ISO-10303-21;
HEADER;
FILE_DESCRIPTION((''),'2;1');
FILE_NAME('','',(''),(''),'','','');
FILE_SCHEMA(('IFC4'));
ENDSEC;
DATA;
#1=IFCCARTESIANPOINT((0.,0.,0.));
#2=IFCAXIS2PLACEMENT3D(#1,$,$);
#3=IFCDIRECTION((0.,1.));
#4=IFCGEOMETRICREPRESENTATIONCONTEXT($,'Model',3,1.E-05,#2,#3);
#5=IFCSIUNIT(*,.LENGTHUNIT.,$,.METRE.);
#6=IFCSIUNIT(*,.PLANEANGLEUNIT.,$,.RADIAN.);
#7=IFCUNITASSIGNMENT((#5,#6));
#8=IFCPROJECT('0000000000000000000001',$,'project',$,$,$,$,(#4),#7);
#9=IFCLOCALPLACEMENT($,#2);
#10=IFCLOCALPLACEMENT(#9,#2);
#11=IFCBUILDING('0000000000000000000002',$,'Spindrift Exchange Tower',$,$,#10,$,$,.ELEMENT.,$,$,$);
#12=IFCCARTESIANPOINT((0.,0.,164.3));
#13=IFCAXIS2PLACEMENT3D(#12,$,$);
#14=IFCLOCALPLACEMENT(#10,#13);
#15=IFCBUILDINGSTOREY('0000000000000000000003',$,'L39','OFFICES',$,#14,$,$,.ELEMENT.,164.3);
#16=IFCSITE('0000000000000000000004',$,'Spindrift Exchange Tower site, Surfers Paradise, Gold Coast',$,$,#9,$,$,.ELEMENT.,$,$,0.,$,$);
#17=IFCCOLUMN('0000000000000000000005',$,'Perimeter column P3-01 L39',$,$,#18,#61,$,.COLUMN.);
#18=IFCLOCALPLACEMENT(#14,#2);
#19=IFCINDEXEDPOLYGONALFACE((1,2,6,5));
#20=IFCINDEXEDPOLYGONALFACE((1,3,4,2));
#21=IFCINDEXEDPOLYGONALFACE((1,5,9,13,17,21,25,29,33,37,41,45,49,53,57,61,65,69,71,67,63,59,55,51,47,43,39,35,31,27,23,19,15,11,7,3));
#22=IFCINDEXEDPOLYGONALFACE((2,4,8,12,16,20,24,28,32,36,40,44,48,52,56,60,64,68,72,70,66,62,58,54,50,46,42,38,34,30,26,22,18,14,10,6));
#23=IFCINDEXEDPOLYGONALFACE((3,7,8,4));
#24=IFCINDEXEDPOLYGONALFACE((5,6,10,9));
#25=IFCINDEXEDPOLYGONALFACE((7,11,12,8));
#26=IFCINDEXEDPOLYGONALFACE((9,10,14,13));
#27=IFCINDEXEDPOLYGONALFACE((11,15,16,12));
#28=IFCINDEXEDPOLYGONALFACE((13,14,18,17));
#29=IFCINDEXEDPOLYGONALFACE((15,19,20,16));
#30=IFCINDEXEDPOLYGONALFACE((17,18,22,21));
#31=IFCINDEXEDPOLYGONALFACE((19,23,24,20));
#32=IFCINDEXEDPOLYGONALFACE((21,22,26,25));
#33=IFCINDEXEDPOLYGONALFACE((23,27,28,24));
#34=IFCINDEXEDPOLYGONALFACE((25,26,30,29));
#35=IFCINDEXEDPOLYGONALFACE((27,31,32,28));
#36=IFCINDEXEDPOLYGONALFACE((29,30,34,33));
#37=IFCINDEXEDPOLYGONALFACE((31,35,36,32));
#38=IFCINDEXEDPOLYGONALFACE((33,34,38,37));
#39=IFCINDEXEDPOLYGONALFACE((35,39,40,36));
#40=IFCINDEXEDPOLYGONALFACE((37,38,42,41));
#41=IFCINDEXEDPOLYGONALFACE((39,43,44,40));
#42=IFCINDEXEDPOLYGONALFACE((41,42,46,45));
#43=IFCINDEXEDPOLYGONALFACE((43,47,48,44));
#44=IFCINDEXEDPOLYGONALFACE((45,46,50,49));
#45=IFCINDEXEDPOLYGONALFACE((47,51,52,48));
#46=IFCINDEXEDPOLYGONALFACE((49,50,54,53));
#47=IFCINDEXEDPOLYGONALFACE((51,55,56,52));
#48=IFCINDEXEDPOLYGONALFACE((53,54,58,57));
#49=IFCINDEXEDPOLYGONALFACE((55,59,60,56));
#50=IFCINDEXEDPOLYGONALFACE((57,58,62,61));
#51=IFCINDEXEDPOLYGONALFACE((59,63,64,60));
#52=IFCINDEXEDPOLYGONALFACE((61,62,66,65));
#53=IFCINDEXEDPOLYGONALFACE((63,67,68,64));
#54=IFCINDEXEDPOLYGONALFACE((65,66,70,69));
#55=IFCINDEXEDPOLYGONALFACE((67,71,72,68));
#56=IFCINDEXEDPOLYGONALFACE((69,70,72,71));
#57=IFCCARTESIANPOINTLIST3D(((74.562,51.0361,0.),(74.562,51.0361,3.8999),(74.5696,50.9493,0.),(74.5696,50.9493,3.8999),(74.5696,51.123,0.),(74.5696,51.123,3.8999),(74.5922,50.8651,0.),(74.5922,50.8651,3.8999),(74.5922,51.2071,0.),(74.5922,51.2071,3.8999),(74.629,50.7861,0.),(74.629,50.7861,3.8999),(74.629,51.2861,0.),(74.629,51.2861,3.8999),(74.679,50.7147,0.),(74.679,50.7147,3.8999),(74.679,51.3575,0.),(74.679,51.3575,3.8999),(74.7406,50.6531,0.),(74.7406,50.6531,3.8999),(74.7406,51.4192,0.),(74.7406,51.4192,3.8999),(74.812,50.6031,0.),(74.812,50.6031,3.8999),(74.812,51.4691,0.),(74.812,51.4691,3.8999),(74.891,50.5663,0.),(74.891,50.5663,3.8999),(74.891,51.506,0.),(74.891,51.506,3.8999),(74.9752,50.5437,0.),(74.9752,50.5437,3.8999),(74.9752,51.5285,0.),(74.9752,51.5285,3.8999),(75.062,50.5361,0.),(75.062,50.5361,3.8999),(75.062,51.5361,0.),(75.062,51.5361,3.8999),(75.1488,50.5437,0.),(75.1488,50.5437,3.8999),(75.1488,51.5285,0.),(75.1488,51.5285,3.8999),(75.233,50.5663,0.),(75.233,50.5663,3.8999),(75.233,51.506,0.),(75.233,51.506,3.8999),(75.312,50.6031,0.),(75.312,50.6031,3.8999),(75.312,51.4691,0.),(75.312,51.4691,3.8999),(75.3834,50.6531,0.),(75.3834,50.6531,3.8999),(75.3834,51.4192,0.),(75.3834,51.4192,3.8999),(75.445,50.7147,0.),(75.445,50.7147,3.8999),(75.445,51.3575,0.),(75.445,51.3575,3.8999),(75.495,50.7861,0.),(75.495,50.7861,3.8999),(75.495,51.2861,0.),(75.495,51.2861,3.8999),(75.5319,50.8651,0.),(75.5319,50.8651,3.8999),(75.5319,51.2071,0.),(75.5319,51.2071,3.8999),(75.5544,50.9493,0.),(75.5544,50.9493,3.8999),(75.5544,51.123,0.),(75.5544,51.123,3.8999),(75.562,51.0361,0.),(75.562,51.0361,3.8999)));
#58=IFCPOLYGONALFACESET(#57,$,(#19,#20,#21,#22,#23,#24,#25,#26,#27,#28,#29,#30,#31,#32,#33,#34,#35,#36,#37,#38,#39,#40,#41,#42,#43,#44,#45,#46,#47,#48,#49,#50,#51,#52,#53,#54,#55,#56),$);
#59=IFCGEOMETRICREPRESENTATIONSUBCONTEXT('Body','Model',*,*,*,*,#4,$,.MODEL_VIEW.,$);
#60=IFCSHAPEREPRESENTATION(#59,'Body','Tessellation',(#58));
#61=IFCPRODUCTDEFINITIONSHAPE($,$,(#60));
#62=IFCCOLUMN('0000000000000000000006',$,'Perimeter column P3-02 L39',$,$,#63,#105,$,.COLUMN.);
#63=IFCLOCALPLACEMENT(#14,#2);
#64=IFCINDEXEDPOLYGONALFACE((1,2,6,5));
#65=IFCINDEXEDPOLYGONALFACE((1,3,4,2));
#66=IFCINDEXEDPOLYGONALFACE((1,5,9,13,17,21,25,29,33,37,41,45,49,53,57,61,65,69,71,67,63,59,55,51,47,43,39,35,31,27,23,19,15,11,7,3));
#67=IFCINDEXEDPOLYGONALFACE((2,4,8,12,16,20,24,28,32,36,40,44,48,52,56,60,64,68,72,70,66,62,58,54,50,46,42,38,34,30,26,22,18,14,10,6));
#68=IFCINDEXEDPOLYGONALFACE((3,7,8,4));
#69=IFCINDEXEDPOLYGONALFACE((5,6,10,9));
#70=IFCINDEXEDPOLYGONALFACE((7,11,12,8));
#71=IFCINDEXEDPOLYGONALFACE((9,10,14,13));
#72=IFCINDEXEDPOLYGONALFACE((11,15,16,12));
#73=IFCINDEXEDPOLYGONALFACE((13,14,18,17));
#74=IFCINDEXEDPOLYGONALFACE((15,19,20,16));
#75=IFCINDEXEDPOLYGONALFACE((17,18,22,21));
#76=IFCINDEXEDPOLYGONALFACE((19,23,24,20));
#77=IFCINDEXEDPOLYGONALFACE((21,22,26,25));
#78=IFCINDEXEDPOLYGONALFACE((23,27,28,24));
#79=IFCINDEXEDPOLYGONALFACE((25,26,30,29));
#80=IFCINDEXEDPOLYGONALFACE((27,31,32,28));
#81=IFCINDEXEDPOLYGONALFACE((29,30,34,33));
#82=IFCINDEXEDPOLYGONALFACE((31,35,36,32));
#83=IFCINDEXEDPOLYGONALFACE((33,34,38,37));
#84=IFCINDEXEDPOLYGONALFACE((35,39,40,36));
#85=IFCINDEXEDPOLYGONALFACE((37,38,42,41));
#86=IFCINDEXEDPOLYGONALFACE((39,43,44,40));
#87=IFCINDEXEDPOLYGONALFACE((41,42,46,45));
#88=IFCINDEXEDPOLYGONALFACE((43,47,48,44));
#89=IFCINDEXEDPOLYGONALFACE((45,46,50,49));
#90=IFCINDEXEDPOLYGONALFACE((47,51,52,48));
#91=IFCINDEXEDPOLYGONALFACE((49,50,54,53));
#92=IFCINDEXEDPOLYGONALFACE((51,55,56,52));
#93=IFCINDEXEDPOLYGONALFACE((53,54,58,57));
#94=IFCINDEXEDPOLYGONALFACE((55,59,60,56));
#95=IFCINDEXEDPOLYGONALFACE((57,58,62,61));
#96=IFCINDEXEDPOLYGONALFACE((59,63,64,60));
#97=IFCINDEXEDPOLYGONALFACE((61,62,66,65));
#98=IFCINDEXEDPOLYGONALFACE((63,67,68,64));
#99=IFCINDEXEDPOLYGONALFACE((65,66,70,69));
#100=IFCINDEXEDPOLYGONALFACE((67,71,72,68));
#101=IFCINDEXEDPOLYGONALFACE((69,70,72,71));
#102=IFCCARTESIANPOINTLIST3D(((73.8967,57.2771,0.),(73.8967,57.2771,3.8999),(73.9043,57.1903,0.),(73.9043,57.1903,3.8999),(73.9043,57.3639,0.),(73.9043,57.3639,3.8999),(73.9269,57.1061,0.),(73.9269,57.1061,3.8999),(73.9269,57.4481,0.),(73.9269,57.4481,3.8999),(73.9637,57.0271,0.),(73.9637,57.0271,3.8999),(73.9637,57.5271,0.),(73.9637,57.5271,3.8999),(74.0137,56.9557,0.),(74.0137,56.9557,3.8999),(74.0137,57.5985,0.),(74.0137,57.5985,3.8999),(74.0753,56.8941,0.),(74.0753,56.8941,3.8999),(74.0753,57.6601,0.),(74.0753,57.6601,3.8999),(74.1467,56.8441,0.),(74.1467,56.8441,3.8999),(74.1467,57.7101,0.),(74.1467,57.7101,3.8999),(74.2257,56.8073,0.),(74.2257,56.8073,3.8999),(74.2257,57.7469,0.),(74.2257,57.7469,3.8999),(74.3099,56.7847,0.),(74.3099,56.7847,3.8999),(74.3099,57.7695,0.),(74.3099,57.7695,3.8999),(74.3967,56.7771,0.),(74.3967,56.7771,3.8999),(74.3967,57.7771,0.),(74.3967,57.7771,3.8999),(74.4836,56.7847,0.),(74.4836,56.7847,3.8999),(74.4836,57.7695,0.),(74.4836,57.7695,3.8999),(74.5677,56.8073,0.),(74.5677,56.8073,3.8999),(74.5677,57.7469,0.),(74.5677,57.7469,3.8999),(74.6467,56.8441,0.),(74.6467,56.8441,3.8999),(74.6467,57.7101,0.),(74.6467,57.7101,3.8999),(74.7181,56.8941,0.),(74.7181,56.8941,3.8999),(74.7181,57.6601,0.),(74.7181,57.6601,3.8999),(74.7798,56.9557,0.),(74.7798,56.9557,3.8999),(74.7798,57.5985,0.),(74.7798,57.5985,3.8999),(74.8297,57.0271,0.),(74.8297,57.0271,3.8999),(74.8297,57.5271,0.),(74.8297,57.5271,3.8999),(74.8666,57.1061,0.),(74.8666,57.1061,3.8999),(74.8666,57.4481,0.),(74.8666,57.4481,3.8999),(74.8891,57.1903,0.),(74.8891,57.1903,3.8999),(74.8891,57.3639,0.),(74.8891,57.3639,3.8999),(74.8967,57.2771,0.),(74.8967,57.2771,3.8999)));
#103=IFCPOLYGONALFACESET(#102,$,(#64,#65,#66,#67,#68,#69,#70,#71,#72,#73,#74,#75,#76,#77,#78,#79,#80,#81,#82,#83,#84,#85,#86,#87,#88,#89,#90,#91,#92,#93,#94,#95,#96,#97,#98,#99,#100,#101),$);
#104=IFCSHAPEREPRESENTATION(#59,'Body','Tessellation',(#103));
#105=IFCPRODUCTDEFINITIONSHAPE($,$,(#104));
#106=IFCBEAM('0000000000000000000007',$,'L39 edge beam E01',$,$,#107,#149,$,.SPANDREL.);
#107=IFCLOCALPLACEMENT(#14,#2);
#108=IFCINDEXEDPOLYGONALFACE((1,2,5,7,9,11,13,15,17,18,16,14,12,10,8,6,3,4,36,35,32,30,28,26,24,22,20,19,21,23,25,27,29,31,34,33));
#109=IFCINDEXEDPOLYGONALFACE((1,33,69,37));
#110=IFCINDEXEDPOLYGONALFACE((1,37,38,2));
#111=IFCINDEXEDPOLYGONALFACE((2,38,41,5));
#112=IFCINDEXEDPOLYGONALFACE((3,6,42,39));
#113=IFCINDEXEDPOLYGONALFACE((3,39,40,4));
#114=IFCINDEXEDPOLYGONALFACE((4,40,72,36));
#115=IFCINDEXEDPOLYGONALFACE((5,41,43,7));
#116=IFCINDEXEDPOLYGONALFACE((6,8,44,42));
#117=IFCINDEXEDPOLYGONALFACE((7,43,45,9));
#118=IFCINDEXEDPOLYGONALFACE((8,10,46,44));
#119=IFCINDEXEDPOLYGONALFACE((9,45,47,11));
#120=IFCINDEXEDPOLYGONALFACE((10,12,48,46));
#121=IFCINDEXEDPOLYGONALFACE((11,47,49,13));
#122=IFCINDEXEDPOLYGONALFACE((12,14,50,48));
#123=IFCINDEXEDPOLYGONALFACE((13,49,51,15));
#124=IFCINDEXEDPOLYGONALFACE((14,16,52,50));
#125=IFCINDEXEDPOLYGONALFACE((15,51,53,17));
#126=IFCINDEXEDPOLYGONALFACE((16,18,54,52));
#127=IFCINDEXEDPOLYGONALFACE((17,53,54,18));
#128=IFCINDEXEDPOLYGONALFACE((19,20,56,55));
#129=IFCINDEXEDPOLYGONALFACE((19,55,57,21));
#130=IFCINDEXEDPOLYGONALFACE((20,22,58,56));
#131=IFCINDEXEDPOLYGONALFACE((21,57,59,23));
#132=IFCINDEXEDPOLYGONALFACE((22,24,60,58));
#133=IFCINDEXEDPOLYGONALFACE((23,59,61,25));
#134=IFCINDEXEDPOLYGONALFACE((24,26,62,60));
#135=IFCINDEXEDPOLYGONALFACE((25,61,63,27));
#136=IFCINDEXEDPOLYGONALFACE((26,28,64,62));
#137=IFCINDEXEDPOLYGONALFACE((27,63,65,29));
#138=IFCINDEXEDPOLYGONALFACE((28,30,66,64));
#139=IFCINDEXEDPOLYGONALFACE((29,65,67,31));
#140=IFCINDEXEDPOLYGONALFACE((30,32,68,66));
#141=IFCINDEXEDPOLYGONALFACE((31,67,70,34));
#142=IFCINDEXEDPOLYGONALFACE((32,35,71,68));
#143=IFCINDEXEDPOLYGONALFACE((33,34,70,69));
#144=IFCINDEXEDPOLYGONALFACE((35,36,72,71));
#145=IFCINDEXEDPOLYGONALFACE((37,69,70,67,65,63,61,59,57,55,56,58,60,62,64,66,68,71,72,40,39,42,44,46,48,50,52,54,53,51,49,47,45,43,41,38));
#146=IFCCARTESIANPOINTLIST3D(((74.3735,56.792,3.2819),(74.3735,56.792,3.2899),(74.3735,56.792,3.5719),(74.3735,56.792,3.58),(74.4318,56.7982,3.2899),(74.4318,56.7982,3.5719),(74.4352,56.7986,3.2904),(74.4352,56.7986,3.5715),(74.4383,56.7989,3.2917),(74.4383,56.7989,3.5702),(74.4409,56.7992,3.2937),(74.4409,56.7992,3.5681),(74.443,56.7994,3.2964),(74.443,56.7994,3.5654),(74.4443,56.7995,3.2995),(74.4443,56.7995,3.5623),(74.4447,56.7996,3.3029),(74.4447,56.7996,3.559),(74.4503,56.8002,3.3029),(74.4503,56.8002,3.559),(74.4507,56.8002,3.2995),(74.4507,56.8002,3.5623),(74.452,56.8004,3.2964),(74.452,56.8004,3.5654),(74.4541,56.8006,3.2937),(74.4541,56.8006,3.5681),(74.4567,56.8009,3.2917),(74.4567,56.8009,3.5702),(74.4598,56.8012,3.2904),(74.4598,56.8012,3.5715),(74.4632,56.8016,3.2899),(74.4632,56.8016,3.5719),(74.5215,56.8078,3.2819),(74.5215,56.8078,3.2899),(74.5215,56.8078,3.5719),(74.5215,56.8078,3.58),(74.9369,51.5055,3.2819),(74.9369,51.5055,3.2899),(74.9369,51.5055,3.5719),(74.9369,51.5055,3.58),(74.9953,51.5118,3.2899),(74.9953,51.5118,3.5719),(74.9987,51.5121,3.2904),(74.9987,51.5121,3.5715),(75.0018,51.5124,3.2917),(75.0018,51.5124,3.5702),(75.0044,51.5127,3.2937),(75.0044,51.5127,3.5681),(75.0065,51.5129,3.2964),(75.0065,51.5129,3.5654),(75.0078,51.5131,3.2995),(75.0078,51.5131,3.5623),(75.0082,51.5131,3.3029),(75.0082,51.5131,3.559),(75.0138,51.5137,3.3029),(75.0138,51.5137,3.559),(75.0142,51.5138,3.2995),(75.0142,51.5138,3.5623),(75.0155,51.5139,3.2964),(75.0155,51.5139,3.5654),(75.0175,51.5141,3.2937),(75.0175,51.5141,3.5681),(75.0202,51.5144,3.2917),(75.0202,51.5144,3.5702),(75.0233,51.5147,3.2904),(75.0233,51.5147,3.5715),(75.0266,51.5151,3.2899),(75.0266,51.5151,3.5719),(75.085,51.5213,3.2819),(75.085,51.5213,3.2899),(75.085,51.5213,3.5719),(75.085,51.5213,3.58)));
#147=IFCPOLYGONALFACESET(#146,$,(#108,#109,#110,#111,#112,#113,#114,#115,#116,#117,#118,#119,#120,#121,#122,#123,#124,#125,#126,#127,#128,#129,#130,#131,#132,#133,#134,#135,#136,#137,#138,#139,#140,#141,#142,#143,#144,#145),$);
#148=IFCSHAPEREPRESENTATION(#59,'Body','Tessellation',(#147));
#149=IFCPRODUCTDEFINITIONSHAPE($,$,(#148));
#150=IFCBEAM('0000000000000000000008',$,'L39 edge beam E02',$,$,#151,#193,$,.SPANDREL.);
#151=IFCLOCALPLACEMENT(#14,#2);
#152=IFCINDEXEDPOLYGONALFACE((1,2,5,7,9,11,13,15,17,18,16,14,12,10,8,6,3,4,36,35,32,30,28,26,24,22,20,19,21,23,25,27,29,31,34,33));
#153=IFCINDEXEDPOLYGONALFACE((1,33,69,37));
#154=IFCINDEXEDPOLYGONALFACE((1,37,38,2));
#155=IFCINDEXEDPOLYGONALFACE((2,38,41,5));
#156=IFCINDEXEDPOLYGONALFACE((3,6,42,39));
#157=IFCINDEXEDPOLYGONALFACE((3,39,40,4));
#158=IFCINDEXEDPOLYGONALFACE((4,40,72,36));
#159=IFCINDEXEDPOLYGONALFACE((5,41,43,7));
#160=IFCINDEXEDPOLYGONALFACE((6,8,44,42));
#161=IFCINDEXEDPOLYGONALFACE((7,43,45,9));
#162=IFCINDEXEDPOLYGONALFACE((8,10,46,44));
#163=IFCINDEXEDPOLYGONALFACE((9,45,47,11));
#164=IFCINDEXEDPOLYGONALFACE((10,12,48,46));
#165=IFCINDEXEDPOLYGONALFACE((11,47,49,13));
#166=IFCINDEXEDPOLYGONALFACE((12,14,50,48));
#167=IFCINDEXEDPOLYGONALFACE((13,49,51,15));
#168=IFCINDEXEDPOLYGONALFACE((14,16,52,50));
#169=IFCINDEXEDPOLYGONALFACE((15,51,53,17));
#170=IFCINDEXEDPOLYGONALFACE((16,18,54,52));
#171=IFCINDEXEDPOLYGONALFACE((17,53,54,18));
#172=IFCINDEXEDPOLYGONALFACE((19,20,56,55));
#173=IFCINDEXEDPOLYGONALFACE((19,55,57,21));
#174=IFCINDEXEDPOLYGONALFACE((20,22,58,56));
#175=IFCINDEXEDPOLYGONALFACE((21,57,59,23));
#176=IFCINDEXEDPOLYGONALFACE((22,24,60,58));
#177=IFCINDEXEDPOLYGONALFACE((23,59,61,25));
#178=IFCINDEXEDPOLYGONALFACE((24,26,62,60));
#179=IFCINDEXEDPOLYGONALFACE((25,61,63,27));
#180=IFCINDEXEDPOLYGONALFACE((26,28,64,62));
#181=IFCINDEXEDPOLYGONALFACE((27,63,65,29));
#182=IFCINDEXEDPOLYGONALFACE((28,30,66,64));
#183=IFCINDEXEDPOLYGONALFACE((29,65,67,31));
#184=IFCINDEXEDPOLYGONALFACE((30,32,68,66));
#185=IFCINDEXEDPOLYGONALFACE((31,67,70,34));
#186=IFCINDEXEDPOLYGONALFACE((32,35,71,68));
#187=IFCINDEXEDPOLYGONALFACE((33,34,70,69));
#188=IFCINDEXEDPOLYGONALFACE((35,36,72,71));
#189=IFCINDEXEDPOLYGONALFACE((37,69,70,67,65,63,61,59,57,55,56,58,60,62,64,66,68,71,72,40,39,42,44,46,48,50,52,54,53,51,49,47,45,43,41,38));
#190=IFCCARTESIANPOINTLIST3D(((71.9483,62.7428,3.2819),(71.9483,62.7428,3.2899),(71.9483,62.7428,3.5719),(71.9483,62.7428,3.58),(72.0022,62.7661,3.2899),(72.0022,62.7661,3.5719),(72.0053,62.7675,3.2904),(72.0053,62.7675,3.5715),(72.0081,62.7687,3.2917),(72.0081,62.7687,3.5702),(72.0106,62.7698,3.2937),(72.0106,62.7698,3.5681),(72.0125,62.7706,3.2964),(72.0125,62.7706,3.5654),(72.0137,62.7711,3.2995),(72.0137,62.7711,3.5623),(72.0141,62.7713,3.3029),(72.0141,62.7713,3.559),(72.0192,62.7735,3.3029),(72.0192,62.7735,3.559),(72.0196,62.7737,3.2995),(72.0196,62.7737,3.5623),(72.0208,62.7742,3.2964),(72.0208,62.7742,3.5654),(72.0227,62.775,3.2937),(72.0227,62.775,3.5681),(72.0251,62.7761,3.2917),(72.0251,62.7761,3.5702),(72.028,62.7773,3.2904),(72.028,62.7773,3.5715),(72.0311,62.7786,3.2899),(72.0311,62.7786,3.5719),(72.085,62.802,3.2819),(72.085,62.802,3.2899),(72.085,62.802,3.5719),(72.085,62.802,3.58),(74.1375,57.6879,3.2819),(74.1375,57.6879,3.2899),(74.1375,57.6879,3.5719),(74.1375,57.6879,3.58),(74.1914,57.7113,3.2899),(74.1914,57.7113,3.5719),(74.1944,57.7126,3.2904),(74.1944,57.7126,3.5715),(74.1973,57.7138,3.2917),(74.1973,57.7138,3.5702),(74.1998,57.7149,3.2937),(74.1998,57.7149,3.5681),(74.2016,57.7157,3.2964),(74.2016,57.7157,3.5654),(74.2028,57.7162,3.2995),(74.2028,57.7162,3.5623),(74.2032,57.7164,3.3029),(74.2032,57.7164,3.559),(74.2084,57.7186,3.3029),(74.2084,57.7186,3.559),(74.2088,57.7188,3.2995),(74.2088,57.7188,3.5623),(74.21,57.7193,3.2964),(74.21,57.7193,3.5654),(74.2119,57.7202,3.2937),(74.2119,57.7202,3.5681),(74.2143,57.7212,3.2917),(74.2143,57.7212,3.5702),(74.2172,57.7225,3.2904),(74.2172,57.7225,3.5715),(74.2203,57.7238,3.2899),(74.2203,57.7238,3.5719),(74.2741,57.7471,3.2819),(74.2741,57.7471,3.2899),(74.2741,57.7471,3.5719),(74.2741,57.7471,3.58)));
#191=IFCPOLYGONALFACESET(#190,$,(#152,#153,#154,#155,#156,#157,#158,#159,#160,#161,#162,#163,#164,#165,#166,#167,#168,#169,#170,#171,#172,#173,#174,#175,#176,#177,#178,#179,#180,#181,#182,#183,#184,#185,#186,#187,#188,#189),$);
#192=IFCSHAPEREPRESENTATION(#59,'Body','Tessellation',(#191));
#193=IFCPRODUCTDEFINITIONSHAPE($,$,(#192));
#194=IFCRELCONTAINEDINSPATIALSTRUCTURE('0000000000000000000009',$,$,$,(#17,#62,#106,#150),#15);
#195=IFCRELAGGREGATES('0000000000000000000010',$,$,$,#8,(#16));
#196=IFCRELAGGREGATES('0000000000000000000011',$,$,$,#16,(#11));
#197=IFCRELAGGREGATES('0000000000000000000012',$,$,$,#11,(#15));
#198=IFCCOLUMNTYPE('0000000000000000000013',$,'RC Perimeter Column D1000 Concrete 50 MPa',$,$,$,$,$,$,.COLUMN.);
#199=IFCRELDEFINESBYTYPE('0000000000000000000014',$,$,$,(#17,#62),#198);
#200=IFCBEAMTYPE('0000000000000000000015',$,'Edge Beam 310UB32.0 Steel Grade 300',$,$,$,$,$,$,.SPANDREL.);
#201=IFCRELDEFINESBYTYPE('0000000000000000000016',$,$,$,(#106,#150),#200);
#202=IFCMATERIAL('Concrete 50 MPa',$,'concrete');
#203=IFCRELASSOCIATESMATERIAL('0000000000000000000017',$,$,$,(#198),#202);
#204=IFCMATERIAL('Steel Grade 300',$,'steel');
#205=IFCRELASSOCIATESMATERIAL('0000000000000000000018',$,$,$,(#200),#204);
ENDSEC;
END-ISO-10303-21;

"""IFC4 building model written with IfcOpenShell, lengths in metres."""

from ifc_helpers import new_model, si_unit, direction, frame, origin, origin_2d, place, context, subcontext, project, spatial, circle, i_section, extrude, source, transform, mapped, material, material_profile, profile_set, type_object, element, save


model = new_model("IFC4")

# Units and contexts
model_context = context("Model", 3, precision=1e-05, world=origin(), true_north=direction((0.0, 1.0)))
body_context = subcontext(model_context, "Body", "Model", "MODEL_VIEW")
ifc_project = project(units=[si_unit("LENGTHUNIT", "METRE"), si_unit("PLANEANGLEUNIT", "RADIAN")], contexts=[model_context])

# Site, building, storey
site_placement = place(None, origin())
site = spatial("IfcSite", under=ifc_project, at=site_placement, Name="Spindrift Exchange Tower site, Surfers Paradise, Gold Coast", CompositionType="ELEMENT", RefElevation=0.0)
building_placement = place(site_placement, origin())
building = spatial("IfcBuilding", under=site, at=building_placement, Name="Spindrift Exchange Tower", CompositionType="ELEMENT")
storey_placement = place(building_placement, frame((0.0, 0.0, 164.3)))
storey = spatial("IfcBuildingStorey", under=building, at=storey_placement, Name="L39", Description="OFFICES", CompositionType="ELEMENT", Elevation=164.3)

# Columns
ifc_material_1 = material(Name="Concrete 50 MPa", Category="concrete")
ifc_material_profile_1 = material_profile(ifc_material_1, circle(Radius=0.5, at=origin_2d()), Name="RC D1000")
ifc_profile_set_1 = profile_set([ifc_material_profile_1], Name="Concrete 50 MPa")
column_type = type_object("IfcColumnType", Name="RC Perimeter Column D1000 Concrete 50 MPa", PredefinedType="COLUMN", material=ifc_profile_set_1)
shared_shape_1 = source(origin(), body_context, "Body", "SweptSolid", [
    extrude(circle(Radius=0.5, at=origin_2d()), origin(), (0.0, 0.0, 1.0), 3.8999),
])
for number, where, z_axis, x_axis, name in (
    (1, (75.062, 51.0361, 0.0), (0.0, 0.0, 1.0), (1.0, 0.0, 0.0), "Perimeter column P3-01 L39"),
    (2, (74.3967, 57.2771, 0.0), (0.0, 0.0, 1.0), (1.0, 0.0, 0.0), "Perimeter column P3-02 L39"),
):
    element("IfcColumn", number, at=place(storey_placement, frame(where, z_axis=z_axis, x_axis=x_axis)), inside=storey, type_object=column_type, Name=name, PredefinedType="COLUMN", context=body_context, shape_type="MappedRepresentation", body=[
        mapped(shared_shape_1, transform((0.0, 0.0, 0.0), scale=1.0)),
    ])

# Beams
ifc_material_2 = material(Name="Steel Grade 300", Category="steel")
ifc_material_profile_2 = material_profile(ifc_material_2, i_section(OverallWidth=0.1489, OverallDepth=0.2981, WebThickness=0.0056, FlangeThickness=0.0081, FilletRadius=0.0129, at=origin_2d()), Name="310UB32.0")
ifc_profile_set_2 = profile_set([ifc_material_profile_2], Name="Steel Grade 300")
beam_type_1 = type_object("IfcBeamType", Name="Edge Beam 310UB32.0 Steel Grade 300", PredefinedType="SPANDREL", material=ifc_profile_set_2)
shared_shape_2 = source(origin(), body_context, "Body", "SweptSolid", [
    extrude(i_section(OverallWidth=0.1489, OverallDepth=0.2981, WebThickness=0.0056, FlangeThickness=0.0081, FilletRadius=0.0129, at=origin_2d()), origin(), (0.0, 0.0, 1.0), 5.3164),
])
beam_1_placement = place(storey_placement, frame((75.011, 51.5134, 3.4309), z_axis=(-0.10599, 0.994367, 0.0), x_axis=(-0.994367, -0.10599, 0.0)))
element("IfcBeam", 3, at=beam_1_placement, inside=storey, type_object=beam_type_1, Name="L39 edge beam E01", PredefinedType="SPANDREL", context=body_context, shape_type="MappedRepresentation", body=[
    mapped(shared_shape_2, transform((0.0, 0.0, 0.0), scale=1.0)),
])
shared_shape_3 = source(origin(), body_context, "Body", "SweptSolid", [
    extrude(i_section(OverallWidth=0.1489, OverallDepth=0.2981, WebThickness=0.0056, FlangeThickness=0.0081, FilletRadius=0.0129, at=origin_2d()), origin(), (0.0, 0.0, 1.0), 5.5085),
])
beam_2_placement = place(storey_placement, frame((74.2058, 57.7175, 3.4309), z_axis=(-0.397415, 0.917639, 0.0), x_axis=(-0.917639, -0.397415, 0.0)))
element("IfcBeam", 4, at=beam_2_placement, inside=storey, type_object=beam_type_1, Name="L39 edge beam E02", PredefinedType="SPANDREL", context=body_context, shape_type="MappedRepresentation", body=[
    mapped(shared_shape_3, transform((0.0, 0.0, 0.0), scale=1.0)),
])

save(model, "model.ifc")
